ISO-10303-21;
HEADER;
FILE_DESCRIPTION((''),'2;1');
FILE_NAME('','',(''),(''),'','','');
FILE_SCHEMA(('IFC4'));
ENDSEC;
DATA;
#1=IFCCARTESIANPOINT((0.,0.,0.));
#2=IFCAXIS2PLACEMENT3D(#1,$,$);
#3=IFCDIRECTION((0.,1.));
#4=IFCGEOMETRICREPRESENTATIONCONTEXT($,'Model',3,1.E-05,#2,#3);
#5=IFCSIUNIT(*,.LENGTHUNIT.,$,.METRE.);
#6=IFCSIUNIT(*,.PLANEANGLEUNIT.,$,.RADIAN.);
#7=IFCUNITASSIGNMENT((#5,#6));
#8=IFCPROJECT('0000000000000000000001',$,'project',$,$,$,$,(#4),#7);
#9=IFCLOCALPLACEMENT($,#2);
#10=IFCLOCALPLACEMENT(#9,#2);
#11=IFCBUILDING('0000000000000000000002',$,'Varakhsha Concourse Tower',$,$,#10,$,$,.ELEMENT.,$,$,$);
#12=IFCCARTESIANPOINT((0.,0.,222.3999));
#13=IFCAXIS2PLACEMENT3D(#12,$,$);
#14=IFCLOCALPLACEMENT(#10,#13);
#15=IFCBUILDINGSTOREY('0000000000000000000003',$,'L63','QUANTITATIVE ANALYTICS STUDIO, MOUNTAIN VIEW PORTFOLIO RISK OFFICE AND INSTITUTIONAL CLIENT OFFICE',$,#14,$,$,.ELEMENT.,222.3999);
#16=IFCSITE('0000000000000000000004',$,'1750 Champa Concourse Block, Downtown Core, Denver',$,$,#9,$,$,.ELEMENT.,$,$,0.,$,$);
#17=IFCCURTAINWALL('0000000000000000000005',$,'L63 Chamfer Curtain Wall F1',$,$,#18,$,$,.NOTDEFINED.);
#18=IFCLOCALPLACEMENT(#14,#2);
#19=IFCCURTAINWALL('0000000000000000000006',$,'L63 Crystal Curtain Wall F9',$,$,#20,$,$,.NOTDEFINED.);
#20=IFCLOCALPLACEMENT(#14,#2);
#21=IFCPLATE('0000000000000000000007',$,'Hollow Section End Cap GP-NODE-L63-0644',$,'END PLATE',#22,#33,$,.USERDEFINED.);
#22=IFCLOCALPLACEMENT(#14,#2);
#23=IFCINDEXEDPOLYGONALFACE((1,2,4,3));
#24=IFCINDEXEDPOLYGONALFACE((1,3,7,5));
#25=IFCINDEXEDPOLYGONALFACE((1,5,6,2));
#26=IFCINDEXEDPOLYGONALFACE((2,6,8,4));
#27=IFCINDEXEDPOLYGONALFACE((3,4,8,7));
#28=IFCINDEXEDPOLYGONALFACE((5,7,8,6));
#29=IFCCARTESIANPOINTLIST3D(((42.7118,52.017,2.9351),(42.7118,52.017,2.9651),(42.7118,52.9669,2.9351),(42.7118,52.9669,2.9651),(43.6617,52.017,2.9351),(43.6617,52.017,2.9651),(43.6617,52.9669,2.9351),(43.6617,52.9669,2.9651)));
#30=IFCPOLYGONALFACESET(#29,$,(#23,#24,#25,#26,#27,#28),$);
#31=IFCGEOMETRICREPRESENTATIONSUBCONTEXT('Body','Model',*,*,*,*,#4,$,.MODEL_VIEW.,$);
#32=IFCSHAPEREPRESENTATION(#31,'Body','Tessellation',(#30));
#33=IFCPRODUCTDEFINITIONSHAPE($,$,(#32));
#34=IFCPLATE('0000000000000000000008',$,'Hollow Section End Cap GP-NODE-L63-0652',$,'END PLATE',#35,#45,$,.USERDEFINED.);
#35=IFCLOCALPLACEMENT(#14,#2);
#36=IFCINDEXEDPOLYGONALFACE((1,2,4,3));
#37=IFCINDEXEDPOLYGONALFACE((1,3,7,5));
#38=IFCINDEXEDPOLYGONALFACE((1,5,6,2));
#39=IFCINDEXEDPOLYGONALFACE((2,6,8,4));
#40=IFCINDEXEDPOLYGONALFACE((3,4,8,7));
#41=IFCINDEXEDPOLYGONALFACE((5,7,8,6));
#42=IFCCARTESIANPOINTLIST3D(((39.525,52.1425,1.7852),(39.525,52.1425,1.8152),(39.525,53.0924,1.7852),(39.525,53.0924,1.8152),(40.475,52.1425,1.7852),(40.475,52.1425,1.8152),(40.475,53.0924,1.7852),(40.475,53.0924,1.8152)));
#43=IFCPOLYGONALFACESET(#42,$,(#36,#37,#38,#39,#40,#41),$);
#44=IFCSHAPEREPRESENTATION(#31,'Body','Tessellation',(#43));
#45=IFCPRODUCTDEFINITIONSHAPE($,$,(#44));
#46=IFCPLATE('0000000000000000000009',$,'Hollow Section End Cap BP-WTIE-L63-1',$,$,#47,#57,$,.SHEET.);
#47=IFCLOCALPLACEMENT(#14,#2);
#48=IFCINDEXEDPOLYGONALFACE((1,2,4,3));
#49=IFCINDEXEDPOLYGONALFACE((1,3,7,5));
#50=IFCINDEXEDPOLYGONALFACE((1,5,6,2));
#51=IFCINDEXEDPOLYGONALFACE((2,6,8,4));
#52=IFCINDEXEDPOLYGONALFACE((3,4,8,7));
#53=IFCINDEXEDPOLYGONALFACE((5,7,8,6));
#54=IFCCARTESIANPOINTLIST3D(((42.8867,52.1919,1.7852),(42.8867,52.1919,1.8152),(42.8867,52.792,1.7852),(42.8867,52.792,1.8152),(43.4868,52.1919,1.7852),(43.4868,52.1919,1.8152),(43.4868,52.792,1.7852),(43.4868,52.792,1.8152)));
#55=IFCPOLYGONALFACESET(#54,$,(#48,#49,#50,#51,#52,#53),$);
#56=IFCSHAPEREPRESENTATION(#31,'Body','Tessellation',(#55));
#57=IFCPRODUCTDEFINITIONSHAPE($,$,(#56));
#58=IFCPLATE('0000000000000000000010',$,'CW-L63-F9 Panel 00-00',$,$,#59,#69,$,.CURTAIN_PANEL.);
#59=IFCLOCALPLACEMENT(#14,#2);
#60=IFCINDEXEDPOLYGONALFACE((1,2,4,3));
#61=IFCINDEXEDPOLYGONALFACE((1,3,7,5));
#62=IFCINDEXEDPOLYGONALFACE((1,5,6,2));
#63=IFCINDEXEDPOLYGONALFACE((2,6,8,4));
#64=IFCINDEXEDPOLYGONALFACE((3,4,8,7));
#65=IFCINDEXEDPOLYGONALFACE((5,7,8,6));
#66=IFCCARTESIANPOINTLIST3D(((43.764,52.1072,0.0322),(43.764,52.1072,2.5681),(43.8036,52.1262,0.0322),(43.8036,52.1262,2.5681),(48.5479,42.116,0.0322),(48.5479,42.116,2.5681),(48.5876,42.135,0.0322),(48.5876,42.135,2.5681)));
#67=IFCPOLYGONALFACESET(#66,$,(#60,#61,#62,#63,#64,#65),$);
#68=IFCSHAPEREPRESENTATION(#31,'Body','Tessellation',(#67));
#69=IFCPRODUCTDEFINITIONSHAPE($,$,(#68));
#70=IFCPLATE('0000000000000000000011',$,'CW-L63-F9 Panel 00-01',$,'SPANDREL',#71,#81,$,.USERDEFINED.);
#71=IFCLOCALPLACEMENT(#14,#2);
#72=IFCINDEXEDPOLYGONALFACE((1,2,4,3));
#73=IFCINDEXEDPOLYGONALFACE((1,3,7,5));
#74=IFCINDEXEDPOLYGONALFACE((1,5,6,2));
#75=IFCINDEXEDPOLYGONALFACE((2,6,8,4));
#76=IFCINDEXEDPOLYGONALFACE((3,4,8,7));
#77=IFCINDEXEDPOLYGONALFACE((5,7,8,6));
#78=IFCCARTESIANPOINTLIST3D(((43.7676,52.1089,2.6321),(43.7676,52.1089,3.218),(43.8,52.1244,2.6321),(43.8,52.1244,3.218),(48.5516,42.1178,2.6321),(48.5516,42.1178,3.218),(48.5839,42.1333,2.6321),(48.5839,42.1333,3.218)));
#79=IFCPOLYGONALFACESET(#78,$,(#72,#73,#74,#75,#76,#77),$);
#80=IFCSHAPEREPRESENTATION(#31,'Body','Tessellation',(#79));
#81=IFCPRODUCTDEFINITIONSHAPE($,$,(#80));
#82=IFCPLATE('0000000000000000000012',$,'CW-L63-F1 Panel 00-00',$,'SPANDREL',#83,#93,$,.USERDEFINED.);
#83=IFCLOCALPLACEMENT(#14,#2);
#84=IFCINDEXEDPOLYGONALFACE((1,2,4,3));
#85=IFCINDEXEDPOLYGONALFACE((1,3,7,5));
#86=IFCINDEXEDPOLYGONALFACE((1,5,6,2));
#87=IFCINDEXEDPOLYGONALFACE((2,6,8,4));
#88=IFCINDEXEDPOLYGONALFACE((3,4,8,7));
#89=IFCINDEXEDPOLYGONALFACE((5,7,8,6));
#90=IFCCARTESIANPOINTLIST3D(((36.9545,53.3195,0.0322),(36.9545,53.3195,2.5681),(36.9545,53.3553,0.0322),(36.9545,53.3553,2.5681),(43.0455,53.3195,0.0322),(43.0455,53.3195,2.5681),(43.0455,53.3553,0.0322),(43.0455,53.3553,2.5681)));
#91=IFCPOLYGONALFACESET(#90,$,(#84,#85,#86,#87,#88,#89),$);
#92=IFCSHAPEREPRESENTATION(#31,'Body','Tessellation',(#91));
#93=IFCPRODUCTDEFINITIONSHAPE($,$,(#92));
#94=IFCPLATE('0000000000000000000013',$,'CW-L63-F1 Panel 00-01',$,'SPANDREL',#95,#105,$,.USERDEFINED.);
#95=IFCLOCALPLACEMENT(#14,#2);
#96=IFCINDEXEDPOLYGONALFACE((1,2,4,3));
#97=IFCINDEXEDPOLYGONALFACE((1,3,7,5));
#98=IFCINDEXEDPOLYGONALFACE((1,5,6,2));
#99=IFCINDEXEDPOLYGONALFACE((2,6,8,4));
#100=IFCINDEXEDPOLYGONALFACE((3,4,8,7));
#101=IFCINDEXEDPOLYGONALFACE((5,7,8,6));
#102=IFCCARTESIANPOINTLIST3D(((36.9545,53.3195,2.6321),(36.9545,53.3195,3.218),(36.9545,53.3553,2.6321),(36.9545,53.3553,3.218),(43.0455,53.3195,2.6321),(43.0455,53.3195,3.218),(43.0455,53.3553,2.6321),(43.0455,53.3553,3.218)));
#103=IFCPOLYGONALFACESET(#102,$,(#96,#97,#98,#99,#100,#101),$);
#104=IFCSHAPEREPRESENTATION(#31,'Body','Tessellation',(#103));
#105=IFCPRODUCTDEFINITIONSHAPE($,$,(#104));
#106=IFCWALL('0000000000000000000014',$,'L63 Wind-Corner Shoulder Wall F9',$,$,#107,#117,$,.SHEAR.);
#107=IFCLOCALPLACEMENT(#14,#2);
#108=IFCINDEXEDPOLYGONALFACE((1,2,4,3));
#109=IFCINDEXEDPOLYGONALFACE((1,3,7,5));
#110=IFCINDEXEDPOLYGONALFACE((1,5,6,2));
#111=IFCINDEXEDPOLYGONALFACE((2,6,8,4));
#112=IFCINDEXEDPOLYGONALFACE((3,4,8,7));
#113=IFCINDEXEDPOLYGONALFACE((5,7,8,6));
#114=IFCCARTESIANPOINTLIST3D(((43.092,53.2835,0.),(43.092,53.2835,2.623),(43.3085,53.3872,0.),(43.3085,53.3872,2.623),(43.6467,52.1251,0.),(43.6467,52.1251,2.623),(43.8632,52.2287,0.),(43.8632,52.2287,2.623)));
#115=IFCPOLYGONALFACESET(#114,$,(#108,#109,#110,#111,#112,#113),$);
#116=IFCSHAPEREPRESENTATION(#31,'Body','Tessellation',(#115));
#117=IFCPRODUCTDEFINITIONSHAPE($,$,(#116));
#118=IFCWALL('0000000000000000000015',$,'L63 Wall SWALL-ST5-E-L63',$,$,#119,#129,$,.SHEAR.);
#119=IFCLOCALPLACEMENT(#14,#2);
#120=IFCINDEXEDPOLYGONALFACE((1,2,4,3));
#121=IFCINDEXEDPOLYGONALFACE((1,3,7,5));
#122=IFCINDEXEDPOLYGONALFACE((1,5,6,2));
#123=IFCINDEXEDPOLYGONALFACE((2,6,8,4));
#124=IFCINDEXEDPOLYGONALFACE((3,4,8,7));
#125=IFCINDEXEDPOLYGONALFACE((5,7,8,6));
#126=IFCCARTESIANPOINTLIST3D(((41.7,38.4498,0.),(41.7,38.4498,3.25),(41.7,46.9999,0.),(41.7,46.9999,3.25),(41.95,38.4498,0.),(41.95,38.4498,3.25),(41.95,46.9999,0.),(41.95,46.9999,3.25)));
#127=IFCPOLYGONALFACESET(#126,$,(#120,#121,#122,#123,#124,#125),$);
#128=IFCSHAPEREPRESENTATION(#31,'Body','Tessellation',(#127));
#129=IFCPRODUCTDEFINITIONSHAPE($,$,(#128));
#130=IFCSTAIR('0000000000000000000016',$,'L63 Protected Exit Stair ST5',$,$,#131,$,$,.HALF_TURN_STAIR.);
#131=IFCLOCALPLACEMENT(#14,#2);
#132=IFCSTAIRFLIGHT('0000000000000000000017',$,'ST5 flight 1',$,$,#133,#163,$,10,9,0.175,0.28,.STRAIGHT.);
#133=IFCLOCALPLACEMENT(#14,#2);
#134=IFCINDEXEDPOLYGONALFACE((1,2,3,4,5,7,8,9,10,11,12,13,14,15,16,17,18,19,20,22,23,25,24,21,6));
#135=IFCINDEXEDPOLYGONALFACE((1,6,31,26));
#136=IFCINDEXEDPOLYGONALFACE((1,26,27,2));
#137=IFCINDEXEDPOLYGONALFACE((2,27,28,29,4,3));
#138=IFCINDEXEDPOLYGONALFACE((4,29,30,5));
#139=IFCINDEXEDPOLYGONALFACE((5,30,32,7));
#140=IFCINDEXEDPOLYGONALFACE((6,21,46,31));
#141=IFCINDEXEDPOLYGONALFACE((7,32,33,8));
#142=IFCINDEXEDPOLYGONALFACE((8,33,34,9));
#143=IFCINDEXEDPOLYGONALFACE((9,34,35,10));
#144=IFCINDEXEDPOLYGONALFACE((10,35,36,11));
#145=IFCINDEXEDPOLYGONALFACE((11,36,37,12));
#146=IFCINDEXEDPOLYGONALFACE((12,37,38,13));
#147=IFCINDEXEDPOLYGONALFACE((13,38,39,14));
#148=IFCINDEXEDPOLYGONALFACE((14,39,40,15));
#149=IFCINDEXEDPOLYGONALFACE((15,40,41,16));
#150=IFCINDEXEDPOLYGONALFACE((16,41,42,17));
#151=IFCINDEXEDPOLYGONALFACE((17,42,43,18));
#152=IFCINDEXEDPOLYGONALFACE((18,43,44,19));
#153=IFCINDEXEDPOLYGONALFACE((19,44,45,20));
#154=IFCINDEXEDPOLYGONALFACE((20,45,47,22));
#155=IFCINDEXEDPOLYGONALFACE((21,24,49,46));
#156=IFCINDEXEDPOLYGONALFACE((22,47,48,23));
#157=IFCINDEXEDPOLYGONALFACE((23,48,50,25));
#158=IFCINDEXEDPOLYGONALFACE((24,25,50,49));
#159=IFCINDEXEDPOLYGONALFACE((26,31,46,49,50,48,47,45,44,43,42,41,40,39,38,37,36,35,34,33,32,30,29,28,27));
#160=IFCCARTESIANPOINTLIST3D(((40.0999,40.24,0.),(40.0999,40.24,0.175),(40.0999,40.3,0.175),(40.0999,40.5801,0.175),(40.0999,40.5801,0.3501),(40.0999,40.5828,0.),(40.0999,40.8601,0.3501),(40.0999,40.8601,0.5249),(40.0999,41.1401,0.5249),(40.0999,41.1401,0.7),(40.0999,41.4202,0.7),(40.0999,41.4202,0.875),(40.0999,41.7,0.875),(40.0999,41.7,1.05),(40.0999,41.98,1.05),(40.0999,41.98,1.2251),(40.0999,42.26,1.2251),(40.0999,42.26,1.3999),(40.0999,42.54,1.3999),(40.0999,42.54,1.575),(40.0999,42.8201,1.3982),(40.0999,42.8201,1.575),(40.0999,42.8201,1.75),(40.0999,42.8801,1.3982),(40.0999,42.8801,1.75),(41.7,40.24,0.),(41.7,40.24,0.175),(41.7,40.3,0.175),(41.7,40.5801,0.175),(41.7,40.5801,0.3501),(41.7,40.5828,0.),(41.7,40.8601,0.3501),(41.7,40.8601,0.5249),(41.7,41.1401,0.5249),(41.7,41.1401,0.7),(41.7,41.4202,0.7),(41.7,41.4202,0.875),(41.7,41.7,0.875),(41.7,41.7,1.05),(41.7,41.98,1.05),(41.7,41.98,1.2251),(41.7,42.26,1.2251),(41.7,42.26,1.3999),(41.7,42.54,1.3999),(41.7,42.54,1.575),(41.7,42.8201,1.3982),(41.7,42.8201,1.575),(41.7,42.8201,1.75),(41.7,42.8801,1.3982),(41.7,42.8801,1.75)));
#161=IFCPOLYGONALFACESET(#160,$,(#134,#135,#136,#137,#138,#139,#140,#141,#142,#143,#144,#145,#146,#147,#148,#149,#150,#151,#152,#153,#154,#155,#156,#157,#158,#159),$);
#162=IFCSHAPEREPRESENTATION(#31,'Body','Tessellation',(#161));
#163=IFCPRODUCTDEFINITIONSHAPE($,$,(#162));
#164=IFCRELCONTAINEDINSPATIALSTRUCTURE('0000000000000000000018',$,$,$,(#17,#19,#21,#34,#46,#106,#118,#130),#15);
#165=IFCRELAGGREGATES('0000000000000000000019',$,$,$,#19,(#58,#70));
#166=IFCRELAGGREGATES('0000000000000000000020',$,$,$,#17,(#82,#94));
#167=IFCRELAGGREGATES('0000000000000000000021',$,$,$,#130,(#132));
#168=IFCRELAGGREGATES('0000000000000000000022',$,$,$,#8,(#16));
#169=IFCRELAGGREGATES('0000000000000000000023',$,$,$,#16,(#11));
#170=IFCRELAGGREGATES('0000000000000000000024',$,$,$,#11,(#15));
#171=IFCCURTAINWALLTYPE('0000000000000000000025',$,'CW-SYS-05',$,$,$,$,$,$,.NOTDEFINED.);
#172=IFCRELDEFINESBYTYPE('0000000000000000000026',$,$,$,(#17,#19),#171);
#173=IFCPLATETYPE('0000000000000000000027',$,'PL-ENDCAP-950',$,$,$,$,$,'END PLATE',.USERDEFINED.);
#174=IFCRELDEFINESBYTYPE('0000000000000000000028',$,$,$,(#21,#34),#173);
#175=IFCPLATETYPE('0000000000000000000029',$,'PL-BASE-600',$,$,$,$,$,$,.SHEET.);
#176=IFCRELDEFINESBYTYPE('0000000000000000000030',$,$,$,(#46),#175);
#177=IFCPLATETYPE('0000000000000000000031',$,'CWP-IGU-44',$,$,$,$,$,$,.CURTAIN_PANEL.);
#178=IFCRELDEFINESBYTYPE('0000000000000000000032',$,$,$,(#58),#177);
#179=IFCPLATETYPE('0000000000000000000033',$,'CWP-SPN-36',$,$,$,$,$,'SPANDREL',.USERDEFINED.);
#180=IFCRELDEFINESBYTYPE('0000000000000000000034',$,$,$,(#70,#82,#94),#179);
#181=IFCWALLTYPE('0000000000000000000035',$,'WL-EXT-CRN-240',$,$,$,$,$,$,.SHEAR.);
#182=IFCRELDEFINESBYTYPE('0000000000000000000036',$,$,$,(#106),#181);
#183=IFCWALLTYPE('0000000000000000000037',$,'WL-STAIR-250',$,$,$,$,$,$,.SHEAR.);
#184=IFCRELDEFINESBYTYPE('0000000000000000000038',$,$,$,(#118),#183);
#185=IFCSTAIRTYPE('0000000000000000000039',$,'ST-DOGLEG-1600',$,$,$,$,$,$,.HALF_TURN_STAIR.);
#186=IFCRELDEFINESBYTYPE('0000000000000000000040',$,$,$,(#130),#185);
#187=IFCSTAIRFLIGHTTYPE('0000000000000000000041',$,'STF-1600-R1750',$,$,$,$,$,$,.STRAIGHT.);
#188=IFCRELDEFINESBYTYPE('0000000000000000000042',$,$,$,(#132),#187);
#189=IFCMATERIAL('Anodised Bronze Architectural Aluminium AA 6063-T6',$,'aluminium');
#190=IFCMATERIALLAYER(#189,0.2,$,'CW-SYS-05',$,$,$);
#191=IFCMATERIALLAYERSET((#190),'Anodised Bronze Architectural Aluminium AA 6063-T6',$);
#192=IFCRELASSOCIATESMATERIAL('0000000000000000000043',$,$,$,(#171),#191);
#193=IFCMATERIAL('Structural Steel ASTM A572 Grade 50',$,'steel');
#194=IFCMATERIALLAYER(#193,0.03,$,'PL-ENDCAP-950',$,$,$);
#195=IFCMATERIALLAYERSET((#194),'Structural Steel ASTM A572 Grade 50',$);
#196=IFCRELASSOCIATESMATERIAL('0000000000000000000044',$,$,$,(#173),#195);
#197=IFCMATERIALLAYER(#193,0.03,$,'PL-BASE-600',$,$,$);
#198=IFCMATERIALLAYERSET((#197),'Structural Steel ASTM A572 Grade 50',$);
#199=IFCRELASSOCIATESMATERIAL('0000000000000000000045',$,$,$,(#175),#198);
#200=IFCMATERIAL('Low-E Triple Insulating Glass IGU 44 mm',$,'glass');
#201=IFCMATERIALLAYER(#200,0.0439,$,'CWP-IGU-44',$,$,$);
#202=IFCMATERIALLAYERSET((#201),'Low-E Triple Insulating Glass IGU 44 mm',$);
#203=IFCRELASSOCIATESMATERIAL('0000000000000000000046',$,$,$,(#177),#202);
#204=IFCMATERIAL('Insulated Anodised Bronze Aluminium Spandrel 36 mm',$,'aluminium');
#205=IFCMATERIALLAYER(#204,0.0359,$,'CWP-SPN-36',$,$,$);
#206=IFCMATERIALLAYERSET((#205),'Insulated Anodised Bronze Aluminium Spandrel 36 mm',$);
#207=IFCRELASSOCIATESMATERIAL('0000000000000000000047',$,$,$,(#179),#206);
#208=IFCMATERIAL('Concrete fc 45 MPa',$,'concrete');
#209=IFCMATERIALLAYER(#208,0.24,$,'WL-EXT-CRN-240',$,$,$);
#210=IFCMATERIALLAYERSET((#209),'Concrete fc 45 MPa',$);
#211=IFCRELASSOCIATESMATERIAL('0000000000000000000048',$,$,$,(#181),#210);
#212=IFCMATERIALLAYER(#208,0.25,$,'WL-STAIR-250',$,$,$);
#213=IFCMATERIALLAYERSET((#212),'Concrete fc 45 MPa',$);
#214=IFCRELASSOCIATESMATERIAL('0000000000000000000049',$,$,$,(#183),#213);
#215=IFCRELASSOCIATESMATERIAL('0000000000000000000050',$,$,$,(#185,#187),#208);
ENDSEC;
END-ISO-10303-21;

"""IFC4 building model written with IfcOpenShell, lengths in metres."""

from ifc_helpers import new_model, si_unit, direction, frame, frame_2d, origin, origin_2d, place, context, subcontext, project, spatial, polyline, rectangle, outline, extrude, source, transform, mapped, material, layer, layer_set, type_object, type_shapes, element, aggregate, save


model = new_model("IFC4")

# Units and contexts
model_context = context("Model", 3, precision=1e-05, world=origin(), true_north=direction((0.0, 1.0)))
body_context = subcontext(model_context, "Body", "Model", "MODEL_VIEW")
ifc_project = project(units=[si_unit("LENGTHUNIT", "METRE"), si_unit("PLANEANGLEUNIT", "RADIAN")], contexts=[model_context])

# Site, building, storey
site_placement = place(None, origin())
site = spatial("IfcSite", under=ifc_project, at=site_placement, Name="1750 Champa Concourse Block, Downtown Core, Denver", CompositionType="ELEMENT", RefElevation=0.0)
building_placement = place(site_placement, origin())
building = spatial("IfcBuilding", under=site, at=building_placement, Name="Varakhsha Concourse Tower", CompositionType="ELEMENT")
storey_placement = place(building_placement, frame((0.0, 0.0, 222.3999)))
storey = spatial("IfcBuildingStorey", under=building, at=storey_placement, Name="L63", Description="QUANTITATIVE ANALYTICS STUDIO, MOUNTAIN VIEW PORTFOLIO RISK OFFICE AND INSTITUTIONAL CLIENT OFFICE", CompositionType="ELEMENT", Elevation=222.3999)

# Shared definitions
ifc_material_1 = material(Name="Structural Steel ASTM A572 Grade 50", Category="steel")

# Curtain wall
ifc_material_2 = material(Name="Anodised Bronze Architectural Aluminium AA 6063-T6", Category="aluminium")
ifc_layer_1 = layer(ifc_material_2, 0.2, Name="CW-SYS-05")
ifc_layer_set_1 = layer_set([ifc_layer_1], Name="Anodised Bronze Architectural Aluminium AA 6063-T6")
curtain_wall_type = type_object("IfcCurtainWallType", Name="CW-SYS-05", PredefinedType="NOTDEFINED", material=ifc_layer_set_1)
curtain_wall_1_placement = place(storey_placement, origin())
curtain_wall_1 = element("IfcCurtainWall", 1, at=curtain_wall_1_placement, inside=storey, type_object=curtain_wall_type, Name="L63 Chamfer Curtain Wall F1", PredefinedType="NOTDEFINED")

# Curtain wall
curtain_wall_2_placement = place(storey_placement, origin())
curtain_wall_2 = element("IfcCurtainWall", 2, at=curtain_wall_2_placement, inside=storey, type_object=curtain_wall_type, Name="L63 Crystal Curtain Wall F9", PredefinedType="NOTDEFINED")

# Plates
ifc_layer_2 = layer(ifc_material_1, 0.03, Name="PL-ENDCAP-950")
ifc_layer_set_2 = layer_set([ifc_layer_2], Name="Structural Steel ASTM A572 Grade 50")
plate_type_1 = type_object("IfcPlateType", Name="PL-ENDCAP-950", ElementType="END PLATE", PredefinedType="USERDEFINED", material=ifc_layer_set_2)
shared_shape_1 = source(origin(), body_context, "Body", "SweptSolid", [
    extrude(rectangle(XDim=0.95, YDim=0.95, at=origin_2d()), origin(), (0.0, 0.0, 1.0), 0.03),
])
type_shapes(plate_type_1, [shared_shape_1])
for number, where, z_axis, x_axis, name in (
    (3, (43.1868, 52.4919, 2.9351), (0.0, 0.0, 1.0), (1.0, 0.0, 0.0), "Hollow Section End Cap GP-NODE-L63-0644"),
    (4, (40.0, 52.6174, 1.7852), (0.0, 0.0, 1.0), (1.0, 0.0, 0.0), "Hollow Section End Cap GP-NODE-L63-0652"),
):
    element("IfcPlate", number, at=place(storey_placement, frame(where, z_axis=z_axis, x_axis=x_axis)), inside=storey, type_object=plate_type_1, Name=name, ObjectType="END PLATE", PredefinedType="USERDEFINED", context=body_context, shape_type="MappedRepresentation", body=[
        mapped(shared_shape_1, transform((0.0, 0.0, 0.0), scale=1.0)),
    ])
ifc_layer_3 = layer(ifc_material_1, 0.03, Name="PL-BASE-600")
ifc_layer_set_3 = layer_set([ifc_layer_3], Name="Structural Steel ASTM A572 Grade 50")
plate_type_2 = type_object("IfcPlateType", Name="PL-BASE-600", PredefinedType="SHEET", material=ifc_layer_set_3)
shared_shape_2 = source(origin(), body_context, "Body", "SweptSolid", [
    extrude(rectangle(XDim=0.6001, YDim=0.6001, at=origin_2d()), origin(), (0.0, 0.0, 1.0), 0.03),
])
type_shapes(plate_type_2, [shared_shape_2])
plate_1_placement = place(storey_placement, frame((43.1868, 52.4919, 1.7852), z_axis=(0.0, 0.0, 1.0), x_axis=(1.0, 0.0, 0.0)))
element("IfcPlate", 5, at=plate_1_placement, inside=storey, type_object=plate_type_2, Name="Hollow Section End Cap BP-WTIE-L63-1", PredefinedType="SHEET", context=body_context, shape_type="MappedRepresentation", body=[
    mapped(shared_shape_2, transform((0.0, 0.0, 0.0), scale=1.0)),
])

# Plates
ifc_material_3 = material(Name="Low-E Triple Insulating Glass IGU 44 mm", Category="glass")
ifc_layer_4 = layer(ifc_material_3, 0.0439, Name="CWP-IGU-44")
ifc_layer_set_4 = layer_set([ifc_layer_4], Name="Low-E Triple Insulating Glass IGU 44 mm")
plate_type_3 = type_object("IfcPlateType", Name="CWP-IGU-44", PredefinedType="CURTAIN_PANEL", material=ifc_layer_set_4)
shared_shape_3 = source(origin(), body_context, "Body", "SweptSolid", [
    extrude(rectangle(XDim=11.0774, YDim=0.0439, at=origin_2d()), origin(), (0.0, 0.0, 1.0), 2.5359),
])
type_shapes(plate_type_3, [shared_shape_3])
plate_2_placement = place(storey_placement, frame((46.1758, 47.1211, 0.0322), z_axis=(0.0, 0.0, 1.0), x_axis=(0.431862, -0.90194, 0.0)))
plate_2 = element("IfcPlate", 6, at=plate_2_placement, type_object=plate_type_3, Name="CW-L63-F9 Panel 00-00", PredefinedType="CURTAIN_PANEL", context=body_context, shape_type="MappedRepresentation", body=[
    mapped(shared_shape_3, transform((0.0, 0.0, 0.0), scale=1.0)),
])
ifc_material_4 = material(Name="Insulated Anodised Bronze Aluminium Spandrel 36 mm", Category="aluminium")
ifc_layer_5 = layer(ifc_material_4, 0.0359, Name="CWP-SPN-36")
ifc_layer_set_5 = layer_set([ifc_layer_5], Name="Insulated Anodised Bronze Aluminium Spandrel 36 mm")
plate_type_4 = type_object("IfcPlateType", Name="CWP-SPN-36", ElementType="SPANDREL", PredefinedType="USERDEFINED", material=ifc_layer_set_5)
shared_shape_4 = source(origin(), body_context, "Body", "SweptSolid", [
    extrude(rectangle(XDim=11.0774, YDim=0.0359, at=origin_2d()), origin(), (0.0, 0.0, 1.0), 0.5859),
])
plate_3_placement = place(storey_placement, frame((46.1758, 47.1211, 2.6321), z_axis=(0.0, 0.0, 1.0), x_axis=(0.431862, -0.90194, 0.0)))
plate_3 = element("IfcPlate", 7, at=plate_3_placement, type_object=plate_type_4, Name="CW-L63-F9 Panel 00-01", ObjectType="SPANDREL", PredefinedType="USERDEFINED", context=body_context, shape_type="MappedRepresentation", body=[
    mapped(shared_shape_4, transform((0.0, 0.0, 0.0), scale=1.0)),
])
aggregate(curtain_wall_2, [plate_2, plate_3])
shared_shape_5 = source(origin(), body_context, "Body", "SweptSolid", [
    extrude(rectangle(XDim=6.0911, YDim=0.0359, at=origin_2d()), origin(), (0.0, 0.0, 1.0), 2.5359),
])
plate_4_placement = place(storey_placement, frame((40.0, 53.3374, 0.0322), z_axis=(0.0, 0.0, 1.0), x_axis=(1.0, 0.0, 0.0)))
plate_4 = element("IfcPlate", 8, at=plate_4_placement, type_object=plate_type_4, Name="CW-L63-F1 Panel 00-00", ObjectType="SPANDREL", PredefinedType="USERDEFINED", context=body_context, shape_type="MappedRepresentation", body=[
    mapped(shared_shape_5, transform((0.0, 0.0, 0.0), scale=1.0)),
])
shared_shape_6 = source(origin(), body_context, "Body", "SweptSolid", [
    extrude(rectangle(XDim=6.0911, YDim=0.0359, at=origin_2d()), origin(), (0.0, 0.0, 1.0), 0.5859),
])
type_shapes(plate_type_4, [shared_shape_4, shared_shape_5, shared_shape_6])
plate_5_placement = place(storey_placement, frame((40.0, 53.3374, 2.6321), z_axis=(0.0, 0.0, 1.0), x_axis=(1.0, 0.0, 0.0)))
plate_5 = element("IfcPlate", 9, at=plate_5_placement, type_object=plate_type_4, Name="CW-L63-F1 Panel 00-01", ObjectType="SPANDREL", PredefinedType="USERDEFINED", context=body_context, shape_type="MappedRepresentation", body=[
    mapped(shared_shape_6, transform((0.0, 0.0, 0.0), scale=1.0)),
])
aggregate(curtain_wall_1, [plate_4, plate_5])

# Walls
ifc_material_5 = material(Name="Concrete fc 45 MPa", Category="concrete")
ifc_layer_6 = layer(ifc_material_5, 0.24, Name="WL-EXT-CRN-240")
ifc_layer_set_6 = layer_set([ifc_layer_6], Name="Concrete fc 45 MPa")
wall_type_1 = type_object("IfcWallType", Name="WL-EXT-CRN-240", PredefinedType="SHEAR", material=ifc_layer_set_6)
wall_1_placement = place(storey_placement, frame((43.7549, 52.177, 0.0), z_axis=(0.0, 0.0, 1.0), x_axis=(-0.431866, 0.901938, 0.0)))
element("IfcWall", 10, at=wall_1_placement, inside=storey, type_object=wall_type_1, Name="L63 Wind-Corner Shoulder Wall F9", PredefinedType="SHEAR", context=body_context, shape_type="SweptSolid", body=[
    extrude(rectangle(XDim=1.2844, YDim=0.24, at=frame_2d((0.6421, 0.0))), origin(), (0.0, 0.0, 1.0), 2.623),
])
ifc_layer_7 = layer(ifc_material_5, 0.25, Name="WL-STAIR-250")
ifc_layer_set_7 = layer_set([ifc_layer_7], Name="Concrete fc 45 MPa")
wall_type_2 = type_object("IfcWallType", Name="WL-STAIR-250", PredefinedType="SHEAR", material=ifc_layer_set_7)
wall_2_placement = place(storey_placement, frame((41.825, 38.45, 0.0), z_axis=(0.0, 0.0, 1.0), x_axis=(0.0, 1.0, 0.0)))
element("IfcWall", 11, at=wall_2_placement, inside=storey, type_object=wall_type_2, Name="L63 Wall SWALL-ST5-E-L63", PredefinedType="SHEAR", context=body_context, shape_type="SweptSolid", body=[
    extrude(rectangle(XDim=8.55, YDim=0.25, at=frame_2d((4.2749, 0.0))), origin(), (0.0, 0.0, 1.0), 3.25),
])

# Stair, stair flight
stair_type = type_object("IfcStairType", Name="ST-DOGLEG-1600", PredefinedType="HALF_TURN_STAIR", material=ifc_material_5)
stair_placement = place(storey_placement, origin())
stair = element("IfcStair", 12, at=stair_placement, inside=storey, type_object=stair_type, Name="L63 Protected Exit Stair ST5", PredefinedType="HALF_TURN_STAIR")
stair_flight_type = type_object("IfcStairFlightType", Name="STF-1600-R1750", PredefinedType="STRAIGHT", material=ifc_material_5)
stair_flight_placement = place(storey_placement, frame((40.8999, 40.3, 0.0), z_axis=(0.0, 0.0, 1.0), x_axis=(0.0, 1.0, 0.0)))
stair_flight = element("IfcStairFlight", 13, at=stair_flight_placement, type_object=stair_flight_type, Name="ST5 flight 1", NumberOfRisers=10, NumberOfTreads=9, PredefinedType="STRAIGHT", RiserHeight=0.175, TreadLength=0.28, context=body_context, shape_type="SweptSolid", body=[
    extrude(outline(polyline([(-0.0601, 0.0), (-0.0601, 0.175), (0.0, 0.175), (0.28, 0.175), (0.28, 0.3501), (0.5601, 0.3501), (0.5601, 0.5249), (0.8401, 0.5249), (0.8401, 0.7), (1.1201, 0.7), (1.1201, 0.875), (1.3999, 0.875), (1.3999, 1.05), (1.6799, 1.05), (1.6799, 1.2251), (1.96, 1.2251), (1.96, 1.3999), (2.24, 1.3999), (2.24, 1.575), (2.52, 1.575), (2.52, 1.75), (2.5801, 1.75), (2.5801, 1.3982), (2.52, 1.3982), (0.2827, 0.0), (-0.0601, 0.0)])), frame((0.0, 0.8, 0.0), z_axis=(0.0, -1.0, 0.0), x_axis=(1.0, 0.0, 0.0)), (0.0, 0.0, 1.0), 1.6001),
])
aggregate(stair, [stair_flight])

save(model, "model.ifc")
